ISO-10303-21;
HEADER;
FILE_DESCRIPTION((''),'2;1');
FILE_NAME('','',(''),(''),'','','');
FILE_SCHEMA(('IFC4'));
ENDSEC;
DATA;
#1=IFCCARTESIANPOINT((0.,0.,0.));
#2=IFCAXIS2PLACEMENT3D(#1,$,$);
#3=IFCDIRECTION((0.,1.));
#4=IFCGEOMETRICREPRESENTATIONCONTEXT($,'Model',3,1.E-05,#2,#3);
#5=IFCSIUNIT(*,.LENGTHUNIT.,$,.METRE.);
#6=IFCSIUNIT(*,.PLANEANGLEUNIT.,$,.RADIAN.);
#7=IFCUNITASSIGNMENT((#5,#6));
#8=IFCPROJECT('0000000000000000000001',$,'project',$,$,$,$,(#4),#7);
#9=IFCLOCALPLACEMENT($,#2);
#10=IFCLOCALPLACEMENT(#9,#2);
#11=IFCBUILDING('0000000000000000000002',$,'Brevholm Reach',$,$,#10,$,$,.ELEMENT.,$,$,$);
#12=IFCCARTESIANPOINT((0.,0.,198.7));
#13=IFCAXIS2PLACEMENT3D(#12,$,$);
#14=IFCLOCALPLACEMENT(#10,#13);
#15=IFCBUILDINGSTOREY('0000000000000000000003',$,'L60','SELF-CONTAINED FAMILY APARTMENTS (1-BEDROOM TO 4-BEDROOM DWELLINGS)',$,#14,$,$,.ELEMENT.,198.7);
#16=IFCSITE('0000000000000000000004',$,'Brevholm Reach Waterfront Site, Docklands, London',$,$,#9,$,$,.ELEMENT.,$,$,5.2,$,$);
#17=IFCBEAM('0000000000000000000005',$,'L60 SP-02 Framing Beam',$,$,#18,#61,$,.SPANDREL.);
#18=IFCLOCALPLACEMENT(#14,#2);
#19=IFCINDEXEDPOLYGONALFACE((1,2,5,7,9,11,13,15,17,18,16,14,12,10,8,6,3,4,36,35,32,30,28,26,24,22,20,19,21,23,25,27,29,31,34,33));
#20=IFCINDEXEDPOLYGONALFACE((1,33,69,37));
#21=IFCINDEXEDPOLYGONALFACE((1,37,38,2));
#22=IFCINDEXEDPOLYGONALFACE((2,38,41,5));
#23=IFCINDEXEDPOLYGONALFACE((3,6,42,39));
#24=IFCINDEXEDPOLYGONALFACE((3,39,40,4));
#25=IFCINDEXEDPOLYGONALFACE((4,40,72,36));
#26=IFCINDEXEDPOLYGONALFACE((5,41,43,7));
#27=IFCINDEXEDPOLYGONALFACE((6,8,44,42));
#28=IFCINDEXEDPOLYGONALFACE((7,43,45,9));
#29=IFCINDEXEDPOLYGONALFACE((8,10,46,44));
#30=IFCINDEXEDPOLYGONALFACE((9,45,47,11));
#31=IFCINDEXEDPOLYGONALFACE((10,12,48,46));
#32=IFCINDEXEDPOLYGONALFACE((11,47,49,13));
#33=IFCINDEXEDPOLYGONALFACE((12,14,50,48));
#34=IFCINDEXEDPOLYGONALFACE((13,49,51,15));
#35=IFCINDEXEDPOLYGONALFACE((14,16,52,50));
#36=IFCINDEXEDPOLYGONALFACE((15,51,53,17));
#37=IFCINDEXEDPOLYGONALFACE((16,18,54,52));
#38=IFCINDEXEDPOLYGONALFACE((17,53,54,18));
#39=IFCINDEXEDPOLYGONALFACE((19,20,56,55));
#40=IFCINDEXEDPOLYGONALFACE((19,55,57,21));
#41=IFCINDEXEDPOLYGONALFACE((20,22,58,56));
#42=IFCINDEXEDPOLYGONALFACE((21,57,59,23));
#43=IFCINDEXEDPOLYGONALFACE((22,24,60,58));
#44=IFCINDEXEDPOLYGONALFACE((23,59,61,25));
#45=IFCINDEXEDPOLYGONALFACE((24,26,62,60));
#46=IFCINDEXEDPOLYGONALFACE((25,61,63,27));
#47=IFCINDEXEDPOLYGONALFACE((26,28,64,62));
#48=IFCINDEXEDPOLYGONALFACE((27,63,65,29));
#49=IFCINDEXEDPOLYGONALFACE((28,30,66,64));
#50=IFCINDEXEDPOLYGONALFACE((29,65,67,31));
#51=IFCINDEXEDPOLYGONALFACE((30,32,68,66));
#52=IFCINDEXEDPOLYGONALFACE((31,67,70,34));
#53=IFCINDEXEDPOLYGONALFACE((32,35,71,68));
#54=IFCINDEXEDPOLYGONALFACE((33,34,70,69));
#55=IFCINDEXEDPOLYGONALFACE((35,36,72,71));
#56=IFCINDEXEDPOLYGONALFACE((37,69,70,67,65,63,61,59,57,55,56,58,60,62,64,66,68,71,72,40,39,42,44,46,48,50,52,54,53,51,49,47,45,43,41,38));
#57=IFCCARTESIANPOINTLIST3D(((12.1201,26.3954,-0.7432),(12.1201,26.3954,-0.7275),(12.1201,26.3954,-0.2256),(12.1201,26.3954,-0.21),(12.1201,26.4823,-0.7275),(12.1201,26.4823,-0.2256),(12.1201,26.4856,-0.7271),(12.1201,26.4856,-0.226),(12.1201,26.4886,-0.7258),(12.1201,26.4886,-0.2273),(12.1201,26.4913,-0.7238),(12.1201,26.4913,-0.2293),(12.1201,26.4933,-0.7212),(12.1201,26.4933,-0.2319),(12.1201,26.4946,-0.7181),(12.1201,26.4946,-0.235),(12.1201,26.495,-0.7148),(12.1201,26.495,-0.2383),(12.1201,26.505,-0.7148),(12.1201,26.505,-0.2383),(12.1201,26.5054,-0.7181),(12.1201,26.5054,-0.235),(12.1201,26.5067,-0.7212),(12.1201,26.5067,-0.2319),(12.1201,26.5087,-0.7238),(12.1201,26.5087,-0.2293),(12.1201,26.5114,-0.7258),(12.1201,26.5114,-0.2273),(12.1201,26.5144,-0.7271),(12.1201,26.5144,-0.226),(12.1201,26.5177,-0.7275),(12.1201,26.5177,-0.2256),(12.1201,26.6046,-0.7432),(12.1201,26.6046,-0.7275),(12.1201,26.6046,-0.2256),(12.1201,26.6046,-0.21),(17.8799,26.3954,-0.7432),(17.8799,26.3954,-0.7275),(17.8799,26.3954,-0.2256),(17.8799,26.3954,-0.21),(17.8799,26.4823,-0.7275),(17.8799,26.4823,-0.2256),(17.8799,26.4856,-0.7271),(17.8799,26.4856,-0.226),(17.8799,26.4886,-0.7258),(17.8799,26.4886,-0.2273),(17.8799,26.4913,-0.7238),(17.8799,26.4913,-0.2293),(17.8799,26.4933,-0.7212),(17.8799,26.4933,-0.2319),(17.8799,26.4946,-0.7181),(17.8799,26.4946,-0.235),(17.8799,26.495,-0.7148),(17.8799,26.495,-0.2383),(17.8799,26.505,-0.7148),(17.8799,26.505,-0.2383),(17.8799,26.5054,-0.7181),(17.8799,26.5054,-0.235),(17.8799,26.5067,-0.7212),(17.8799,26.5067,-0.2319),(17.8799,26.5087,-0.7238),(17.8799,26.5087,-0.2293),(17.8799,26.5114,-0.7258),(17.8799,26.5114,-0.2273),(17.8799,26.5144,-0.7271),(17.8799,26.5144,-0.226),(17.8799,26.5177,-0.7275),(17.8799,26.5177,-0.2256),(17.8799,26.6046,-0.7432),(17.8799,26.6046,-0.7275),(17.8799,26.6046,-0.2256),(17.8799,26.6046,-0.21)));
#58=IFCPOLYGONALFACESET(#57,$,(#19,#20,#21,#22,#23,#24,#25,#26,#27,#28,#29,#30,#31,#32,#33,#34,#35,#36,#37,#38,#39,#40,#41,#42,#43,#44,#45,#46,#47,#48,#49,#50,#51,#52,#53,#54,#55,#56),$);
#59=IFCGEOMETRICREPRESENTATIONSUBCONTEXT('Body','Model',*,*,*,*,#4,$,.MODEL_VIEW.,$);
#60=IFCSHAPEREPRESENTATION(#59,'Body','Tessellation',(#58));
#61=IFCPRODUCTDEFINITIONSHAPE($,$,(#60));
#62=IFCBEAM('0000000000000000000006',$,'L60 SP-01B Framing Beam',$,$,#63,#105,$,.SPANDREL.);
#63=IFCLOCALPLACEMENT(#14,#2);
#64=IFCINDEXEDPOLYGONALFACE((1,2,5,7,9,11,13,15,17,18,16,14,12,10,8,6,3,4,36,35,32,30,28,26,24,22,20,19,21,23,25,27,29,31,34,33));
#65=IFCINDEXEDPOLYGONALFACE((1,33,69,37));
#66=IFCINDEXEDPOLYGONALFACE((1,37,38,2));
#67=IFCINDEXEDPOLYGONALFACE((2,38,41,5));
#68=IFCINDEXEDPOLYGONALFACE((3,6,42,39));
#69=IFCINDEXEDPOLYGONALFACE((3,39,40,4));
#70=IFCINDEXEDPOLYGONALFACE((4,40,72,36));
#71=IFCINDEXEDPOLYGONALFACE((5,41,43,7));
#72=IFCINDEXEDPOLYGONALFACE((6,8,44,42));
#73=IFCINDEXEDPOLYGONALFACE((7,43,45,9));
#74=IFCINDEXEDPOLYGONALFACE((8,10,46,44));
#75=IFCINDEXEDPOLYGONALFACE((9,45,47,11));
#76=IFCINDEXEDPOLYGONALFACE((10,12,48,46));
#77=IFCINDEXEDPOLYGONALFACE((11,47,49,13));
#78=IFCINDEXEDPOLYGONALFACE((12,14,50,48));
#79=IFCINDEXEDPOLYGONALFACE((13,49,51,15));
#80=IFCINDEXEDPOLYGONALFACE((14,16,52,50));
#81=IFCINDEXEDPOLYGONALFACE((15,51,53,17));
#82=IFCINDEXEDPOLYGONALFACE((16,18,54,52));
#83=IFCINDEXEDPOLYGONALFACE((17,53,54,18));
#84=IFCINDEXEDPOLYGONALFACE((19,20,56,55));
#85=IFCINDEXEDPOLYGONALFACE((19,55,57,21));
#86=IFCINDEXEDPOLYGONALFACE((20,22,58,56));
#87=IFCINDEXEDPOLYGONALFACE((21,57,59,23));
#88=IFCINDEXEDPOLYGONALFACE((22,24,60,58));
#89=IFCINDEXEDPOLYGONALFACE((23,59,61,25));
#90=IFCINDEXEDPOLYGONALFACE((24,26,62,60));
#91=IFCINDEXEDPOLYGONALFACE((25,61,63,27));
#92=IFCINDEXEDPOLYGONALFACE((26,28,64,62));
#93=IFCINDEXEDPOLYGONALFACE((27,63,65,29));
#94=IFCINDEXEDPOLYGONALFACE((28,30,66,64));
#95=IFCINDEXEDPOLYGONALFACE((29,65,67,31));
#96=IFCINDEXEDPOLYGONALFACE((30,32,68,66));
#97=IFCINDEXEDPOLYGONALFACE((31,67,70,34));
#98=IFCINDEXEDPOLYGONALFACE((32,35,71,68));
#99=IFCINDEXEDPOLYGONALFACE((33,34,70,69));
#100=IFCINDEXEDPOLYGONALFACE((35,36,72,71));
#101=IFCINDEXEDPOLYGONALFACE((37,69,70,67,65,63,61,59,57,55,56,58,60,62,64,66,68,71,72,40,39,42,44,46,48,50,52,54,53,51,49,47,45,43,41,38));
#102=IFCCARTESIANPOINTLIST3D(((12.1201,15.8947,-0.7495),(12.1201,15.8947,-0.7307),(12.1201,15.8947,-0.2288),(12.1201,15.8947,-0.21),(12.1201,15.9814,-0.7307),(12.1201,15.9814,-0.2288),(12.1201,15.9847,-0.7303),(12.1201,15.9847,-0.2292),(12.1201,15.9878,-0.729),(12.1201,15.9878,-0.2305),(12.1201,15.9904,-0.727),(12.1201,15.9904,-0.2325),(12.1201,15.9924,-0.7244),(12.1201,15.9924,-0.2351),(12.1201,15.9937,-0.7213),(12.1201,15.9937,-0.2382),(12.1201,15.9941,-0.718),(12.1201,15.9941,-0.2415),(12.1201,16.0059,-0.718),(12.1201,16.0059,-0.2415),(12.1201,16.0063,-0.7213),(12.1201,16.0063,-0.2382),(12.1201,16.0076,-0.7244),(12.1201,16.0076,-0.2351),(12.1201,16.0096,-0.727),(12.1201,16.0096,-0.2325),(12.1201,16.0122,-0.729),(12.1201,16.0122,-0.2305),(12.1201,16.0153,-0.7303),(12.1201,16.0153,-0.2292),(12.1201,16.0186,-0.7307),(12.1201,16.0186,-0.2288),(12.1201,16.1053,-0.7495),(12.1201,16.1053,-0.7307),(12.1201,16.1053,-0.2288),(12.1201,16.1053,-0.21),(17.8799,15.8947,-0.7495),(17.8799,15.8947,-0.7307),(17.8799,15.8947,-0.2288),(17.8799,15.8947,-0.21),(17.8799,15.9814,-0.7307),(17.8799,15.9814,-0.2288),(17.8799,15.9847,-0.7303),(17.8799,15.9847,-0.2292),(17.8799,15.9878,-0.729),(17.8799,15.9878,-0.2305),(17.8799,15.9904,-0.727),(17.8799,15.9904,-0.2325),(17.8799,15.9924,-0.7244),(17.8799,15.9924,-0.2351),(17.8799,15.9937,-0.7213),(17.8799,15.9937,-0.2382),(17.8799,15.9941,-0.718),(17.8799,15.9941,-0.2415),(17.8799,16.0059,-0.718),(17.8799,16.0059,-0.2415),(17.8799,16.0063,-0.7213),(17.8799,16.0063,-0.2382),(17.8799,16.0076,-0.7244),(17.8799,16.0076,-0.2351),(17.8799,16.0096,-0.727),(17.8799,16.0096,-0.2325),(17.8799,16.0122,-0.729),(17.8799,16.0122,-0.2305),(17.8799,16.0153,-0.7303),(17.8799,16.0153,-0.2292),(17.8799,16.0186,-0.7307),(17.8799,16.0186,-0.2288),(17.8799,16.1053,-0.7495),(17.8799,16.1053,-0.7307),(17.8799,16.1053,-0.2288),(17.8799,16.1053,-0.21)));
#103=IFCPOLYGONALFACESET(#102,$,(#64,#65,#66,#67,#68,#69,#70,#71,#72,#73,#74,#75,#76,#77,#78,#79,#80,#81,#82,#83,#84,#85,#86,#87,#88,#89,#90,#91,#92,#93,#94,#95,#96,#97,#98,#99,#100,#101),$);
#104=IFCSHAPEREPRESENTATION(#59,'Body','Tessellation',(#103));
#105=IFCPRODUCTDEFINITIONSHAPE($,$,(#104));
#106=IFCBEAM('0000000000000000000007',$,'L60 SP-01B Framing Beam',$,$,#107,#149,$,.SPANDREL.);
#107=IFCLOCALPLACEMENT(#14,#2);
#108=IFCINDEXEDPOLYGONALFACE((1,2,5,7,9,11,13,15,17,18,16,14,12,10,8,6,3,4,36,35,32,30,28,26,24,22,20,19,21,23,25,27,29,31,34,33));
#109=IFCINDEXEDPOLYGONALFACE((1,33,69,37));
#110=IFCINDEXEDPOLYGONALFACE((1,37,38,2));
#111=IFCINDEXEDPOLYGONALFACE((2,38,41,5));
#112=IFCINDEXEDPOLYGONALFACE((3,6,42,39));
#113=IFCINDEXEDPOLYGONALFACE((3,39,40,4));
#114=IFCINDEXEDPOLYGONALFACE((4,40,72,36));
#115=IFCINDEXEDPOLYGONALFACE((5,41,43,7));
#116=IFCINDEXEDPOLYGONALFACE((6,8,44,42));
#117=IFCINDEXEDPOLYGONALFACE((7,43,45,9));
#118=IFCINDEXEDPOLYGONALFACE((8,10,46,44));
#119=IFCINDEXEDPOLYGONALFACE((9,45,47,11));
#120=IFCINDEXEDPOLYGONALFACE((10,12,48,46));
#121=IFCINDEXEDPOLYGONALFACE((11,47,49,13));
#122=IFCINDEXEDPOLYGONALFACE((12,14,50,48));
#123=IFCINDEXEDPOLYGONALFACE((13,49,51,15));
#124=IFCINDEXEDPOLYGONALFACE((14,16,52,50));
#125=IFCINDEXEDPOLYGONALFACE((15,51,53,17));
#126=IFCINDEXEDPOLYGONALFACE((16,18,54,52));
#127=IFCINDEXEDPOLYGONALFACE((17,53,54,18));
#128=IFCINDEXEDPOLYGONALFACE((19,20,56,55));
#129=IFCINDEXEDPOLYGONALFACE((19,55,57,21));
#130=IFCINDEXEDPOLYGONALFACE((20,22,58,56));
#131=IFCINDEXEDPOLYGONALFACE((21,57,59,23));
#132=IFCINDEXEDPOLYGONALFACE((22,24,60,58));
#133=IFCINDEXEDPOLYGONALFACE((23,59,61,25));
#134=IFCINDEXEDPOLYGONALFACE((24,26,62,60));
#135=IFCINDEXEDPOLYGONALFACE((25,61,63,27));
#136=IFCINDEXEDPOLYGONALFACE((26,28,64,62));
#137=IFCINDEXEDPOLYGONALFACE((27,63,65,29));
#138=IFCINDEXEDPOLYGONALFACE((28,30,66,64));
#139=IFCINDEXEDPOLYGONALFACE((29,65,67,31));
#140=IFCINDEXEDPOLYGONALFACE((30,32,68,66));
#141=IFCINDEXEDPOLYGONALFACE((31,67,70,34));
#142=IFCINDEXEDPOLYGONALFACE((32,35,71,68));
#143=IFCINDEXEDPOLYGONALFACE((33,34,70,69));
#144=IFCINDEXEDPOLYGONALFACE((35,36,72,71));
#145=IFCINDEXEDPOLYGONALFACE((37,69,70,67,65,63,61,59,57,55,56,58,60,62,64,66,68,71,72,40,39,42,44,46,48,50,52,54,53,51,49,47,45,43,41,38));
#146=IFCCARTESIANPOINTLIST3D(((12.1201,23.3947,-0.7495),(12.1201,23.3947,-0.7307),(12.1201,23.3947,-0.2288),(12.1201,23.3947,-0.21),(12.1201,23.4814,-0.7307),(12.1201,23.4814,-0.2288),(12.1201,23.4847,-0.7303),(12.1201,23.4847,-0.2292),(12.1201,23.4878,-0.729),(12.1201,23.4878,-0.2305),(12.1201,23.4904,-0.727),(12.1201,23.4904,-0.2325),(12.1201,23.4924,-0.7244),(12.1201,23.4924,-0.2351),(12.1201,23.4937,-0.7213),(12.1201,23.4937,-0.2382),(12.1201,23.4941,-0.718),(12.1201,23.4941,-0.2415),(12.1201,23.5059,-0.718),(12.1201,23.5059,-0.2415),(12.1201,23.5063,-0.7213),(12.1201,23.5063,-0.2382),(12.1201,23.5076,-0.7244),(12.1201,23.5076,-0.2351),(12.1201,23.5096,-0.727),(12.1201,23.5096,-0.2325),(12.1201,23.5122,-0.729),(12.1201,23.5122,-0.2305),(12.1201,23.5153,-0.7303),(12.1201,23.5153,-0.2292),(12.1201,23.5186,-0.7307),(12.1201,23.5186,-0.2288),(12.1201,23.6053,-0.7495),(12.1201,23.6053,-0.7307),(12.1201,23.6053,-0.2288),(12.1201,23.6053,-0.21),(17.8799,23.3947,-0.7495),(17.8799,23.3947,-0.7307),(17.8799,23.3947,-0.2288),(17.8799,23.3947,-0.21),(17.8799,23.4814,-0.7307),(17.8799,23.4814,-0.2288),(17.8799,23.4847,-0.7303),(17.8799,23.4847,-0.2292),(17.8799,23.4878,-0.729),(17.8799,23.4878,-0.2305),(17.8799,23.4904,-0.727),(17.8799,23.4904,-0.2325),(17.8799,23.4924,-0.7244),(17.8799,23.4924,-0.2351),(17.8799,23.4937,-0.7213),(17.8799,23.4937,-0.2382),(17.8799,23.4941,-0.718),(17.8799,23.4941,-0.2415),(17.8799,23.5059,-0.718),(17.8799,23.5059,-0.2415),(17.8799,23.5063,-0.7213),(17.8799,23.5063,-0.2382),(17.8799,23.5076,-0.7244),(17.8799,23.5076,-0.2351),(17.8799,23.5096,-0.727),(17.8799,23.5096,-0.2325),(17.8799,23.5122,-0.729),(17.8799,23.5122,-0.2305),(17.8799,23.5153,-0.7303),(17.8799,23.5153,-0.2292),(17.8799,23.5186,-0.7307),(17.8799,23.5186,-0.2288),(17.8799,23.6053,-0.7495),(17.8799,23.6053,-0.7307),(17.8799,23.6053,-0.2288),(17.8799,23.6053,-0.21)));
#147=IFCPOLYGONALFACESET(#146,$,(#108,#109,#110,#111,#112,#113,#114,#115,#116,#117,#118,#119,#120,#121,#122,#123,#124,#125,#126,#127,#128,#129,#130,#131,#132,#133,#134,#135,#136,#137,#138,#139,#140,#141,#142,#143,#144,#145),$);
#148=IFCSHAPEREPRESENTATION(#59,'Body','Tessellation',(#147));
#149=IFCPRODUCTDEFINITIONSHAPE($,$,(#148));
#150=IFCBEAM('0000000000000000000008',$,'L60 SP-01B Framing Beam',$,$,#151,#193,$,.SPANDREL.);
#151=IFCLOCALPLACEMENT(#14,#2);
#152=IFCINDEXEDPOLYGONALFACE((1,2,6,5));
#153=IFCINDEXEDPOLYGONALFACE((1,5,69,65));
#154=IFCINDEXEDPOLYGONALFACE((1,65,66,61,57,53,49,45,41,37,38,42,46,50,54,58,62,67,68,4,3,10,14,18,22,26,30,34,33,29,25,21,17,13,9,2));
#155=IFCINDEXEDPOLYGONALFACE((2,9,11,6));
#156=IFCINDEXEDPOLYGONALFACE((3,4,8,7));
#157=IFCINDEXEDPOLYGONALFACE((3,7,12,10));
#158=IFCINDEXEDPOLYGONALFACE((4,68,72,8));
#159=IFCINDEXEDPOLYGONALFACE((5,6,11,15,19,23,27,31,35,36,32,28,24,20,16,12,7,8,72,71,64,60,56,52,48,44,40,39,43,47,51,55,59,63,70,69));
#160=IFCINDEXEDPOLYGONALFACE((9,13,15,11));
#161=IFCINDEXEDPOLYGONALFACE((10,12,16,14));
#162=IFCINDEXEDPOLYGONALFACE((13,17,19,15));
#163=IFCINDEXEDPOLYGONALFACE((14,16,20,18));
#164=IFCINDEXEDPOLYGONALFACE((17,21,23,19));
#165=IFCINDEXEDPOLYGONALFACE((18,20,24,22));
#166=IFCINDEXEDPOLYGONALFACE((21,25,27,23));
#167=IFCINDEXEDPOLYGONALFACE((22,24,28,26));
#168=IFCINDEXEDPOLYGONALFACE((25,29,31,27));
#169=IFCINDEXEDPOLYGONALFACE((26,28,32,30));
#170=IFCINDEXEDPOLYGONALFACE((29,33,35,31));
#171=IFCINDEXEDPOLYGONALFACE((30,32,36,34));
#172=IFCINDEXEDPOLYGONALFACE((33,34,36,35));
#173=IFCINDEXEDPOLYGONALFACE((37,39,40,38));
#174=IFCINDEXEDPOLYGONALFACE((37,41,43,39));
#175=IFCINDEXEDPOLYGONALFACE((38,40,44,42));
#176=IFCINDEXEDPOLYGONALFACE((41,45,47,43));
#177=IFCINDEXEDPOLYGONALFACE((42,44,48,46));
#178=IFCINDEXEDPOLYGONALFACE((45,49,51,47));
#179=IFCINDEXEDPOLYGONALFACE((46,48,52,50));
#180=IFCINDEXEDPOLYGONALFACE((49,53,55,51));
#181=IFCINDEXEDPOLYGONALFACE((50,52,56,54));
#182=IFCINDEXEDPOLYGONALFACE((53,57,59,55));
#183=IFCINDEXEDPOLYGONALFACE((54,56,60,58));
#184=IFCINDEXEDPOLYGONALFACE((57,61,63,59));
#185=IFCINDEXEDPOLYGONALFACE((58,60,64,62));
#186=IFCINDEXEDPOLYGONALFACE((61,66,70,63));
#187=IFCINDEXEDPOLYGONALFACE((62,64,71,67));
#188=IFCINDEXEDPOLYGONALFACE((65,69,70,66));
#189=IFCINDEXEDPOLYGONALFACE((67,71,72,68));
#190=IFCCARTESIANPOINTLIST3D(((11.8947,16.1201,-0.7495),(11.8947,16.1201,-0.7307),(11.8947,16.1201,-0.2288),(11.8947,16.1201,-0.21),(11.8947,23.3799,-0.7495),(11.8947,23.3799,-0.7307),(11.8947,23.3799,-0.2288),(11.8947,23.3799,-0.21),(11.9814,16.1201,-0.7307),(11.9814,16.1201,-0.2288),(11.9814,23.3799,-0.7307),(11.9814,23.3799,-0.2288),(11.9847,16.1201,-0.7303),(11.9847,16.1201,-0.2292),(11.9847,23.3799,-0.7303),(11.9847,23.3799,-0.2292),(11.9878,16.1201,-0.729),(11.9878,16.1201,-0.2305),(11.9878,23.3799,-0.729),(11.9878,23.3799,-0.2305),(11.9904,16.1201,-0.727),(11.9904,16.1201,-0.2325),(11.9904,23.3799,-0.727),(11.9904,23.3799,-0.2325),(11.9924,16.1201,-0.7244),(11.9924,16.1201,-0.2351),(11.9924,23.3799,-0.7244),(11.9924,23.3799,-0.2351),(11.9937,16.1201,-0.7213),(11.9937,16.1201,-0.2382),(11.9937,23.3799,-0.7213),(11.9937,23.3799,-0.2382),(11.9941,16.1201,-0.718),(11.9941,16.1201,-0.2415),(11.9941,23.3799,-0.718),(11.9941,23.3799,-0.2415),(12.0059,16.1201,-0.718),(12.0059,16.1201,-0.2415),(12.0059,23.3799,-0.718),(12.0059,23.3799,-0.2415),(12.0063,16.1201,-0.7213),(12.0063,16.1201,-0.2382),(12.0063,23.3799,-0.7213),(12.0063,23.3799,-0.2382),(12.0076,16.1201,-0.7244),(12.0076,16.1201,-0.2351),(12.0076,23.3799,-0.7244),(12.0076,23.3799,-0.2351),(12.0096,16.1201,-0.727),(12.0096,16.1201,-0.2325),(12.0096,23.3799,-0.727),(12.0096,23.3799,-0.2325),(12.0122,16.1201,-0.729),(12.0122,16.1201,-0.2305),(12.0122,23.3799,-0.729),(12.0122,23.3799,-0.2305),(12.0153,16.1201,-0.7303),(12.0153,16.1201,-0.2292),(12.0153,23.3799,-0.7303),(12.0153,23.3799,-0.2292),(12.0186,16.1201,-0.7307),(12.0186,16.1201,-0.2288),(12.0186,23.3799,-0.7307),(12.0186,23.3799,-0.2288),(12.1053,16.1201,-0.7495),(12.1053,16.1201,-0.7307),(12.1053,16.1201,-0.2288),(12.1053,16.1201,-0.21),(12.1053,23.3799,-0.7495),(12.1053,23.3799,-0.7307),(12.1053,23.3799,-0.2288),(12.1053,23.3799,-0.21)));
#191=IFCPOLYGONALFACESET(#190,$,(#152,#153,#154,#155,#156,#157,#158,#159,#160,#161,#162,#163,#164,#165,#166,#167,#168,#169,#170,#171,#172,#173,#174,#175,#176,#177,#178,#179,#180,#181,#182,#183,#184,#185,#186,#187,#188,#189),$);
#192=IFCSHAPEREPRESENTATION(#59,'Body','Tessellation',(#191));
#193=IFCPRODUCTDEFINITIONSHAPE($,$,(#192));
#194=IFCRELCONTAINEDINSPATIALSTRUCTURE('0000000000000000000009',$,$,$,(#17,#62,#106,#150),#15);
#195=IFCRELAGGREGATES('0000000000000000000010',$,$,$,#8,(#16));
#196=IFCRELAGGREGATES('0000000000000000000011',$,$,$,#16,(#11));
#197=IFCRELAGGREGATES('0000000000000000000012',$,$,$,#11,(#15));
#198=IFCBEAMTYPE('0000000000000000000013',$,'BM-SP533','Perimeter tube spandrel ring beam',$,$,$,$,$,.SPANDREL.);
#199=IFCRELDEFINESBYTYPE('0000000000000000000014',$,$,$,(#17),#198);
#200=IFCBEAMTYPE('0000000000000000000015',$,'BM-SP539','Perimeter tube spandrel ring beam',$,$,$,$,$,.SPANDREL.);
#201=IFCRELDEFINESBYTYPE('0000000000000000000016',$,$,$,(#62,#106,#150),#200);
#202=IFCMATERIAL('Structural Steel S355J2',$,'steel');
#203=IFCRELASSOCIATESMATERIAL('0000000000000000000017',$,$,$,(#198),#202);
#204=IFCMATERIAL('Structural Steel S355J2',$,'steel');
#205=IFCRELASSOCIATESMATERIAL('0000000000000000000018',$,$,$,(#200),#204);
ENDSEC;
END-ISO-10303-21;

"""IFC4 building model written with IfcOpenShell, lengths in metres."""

from ifc_helpers import new_model, si_unit, direction, frame, origin, origin_2d, place, context, subcontext, project, spatial, i_section, extrude, material, material_profile, profile_set, type_object, element, save


model = new_model("IFC4")

# Units and contexts
model_context = context("Model", 3, precision=1e-05, world=origin(), true_north=direction((0.0, 1.0)))
body_context = subcontext(model_context, "Body", "Model", "MODEL_VIEW")
ifc_project = project(units=[si_unit("LENGTHUNIT", "METRE"), si_unit("PLANEANGLEUNIT", "RADIAN")], contexts=[model_context])

# Site, building, storey
site_placement = place(None, origin())
site = spatial("IfcSite", under=ifc_project, at=site_placement, Name="Brevholm Reach Waterfront Site, Docklands, London", CompositionType="ELEMENT", RefElevation=5.2)
building_placement = place(site_placement, origin())
building = spatial("IfcBuilding", under=site, at=building_placement, Name="Brevholm Reach", CompositionType="ELEMENT")
storey_placement = place(building_placement, frame((0.0, 0.0, 198.7)))
storey = spatial("IfcBuildingStorey", under=building, at=storey_placement, Name="L60", Description="SELF-CONTAINED FAMILY APARTMENTS (1-BEDROOM TO 4-BEDROOM DWELLINGS)", CompositionType="ELEMENT", Elevation=198.7)

# Beams
ifc_material_1 = material(Name="Structural Steel S355J2", Category="steel")
ifc_material_profile_1 = material_profile(ifc_material_1, i_section(OverallWidth=0.2092, OverallDepth=0.5332, WebThickness=0.01, FlangeThickness=0.0156, FilletRadius=0.0127, at=origin_2d()), Name="UKB 533x210x92")
ifc_profile_set_1 = profile_set([ifc_material_profile_1], Name="Structural Steel S355J2")
beam_type_1 = type_object("IfcBeamType", Name="BM-SP533", Description="Perimeter tube spandrel ring beam", PredefinedType="SPANDREL", material=ifc_profile_set_1)
beam_1_placement = place(storey_placement, frame((12.1201, 26.5, -0.4766), z_axis=(1.0, 0.0, 0.0), x_axis=(0.0, 1.0, 0.0)))
element("IfcBeam", 1, at=beam_1_placement, inside=storey, type_object=beam_type_1, Name="L60 SP-02 Framing Beam", PredefinedType="SPANDREL", context=body_context, shape_type="SweptSolid", body=[
    extrude(i_section(OverallWidth=0.2092, OverallDepth=0.5332, WebThickness=0.01, FlangeThickness=0.0156, FilletRadius=0.0127, at=origin_2d()), origin(), (0.0, 0.0, 1.0), 5.7598),
])
ifc_material_2 = material(Name="Structural Steel S355J2", Category="steel")
ifc_material_profile_2 = material_profile(ifc_material_2, i_section(OverallWidth=0.2107, OverallDepth=0.5396, WebThickness=0.0117, FlangeThickness=0.0188, FilletRadius=0.0127, at=origin_2d()), Name="UKB 533x210x109")
ifc_profile_set_2 = profile_set([ifc_material_profile_2], Name="Structural Steel S355J2")
beam_type_2 = type_object("IfcBeamType", Name="BM-SP539", Description="Perimeter tube spandrel ring beam", PredefinedType="SPANDREL", material=ifc_profile_set_2)
for number, where, z_axis, x_axis, name in (
    (2, (12.1201, 16.0, -0.4797), (1.0, 0.0, 0.0), (0.0, 1.0, 0.0), "L60 SP-01B Framing Beam"),
    (3, (12.1201, 23.5, -0.4797), (1.0, 0.0, 0.0), (0.0, 1.0, 0.0), "L60 SP-01B Framing Beam"),
):
    element("IfcBeam", number, at=place(storey_placement, frame(where, z_axis=z_axis, x_axis=x_axis)), inside=storey, type_object=beam_type_2, Name=name, PredefinedType="SPANDREL", context=body_context, shape_type="SweptSolid", body=[
        extrude(i_section(OverallWidth=0.2107, OverallDepth=0.5396, WebThickness=0.0117, FlangeThickness=0.0188, FilletRadius=0.0127, at=origin_2d()), origin(), (0.0, 0.0, 1.0), 5.7598),
    ])
beam_2_placement = place(storey_placement, frame((12.0, 16.1201, -0.4797), z_axis=(0.0, 1.0, 0.0), x_axis=(-1.0, 0.0, 0.0)))
element("IfcBeam", 4, at=beam_2_placement, inside=storey, type_object=beam_type_2, Name="L60 SP-01B Framing Beam", PredefinedType="SPANDREL", context=body_context, shape_type="SweptSolid", body=[
    extrude(i_section(OverallWidth=0.2107, OverallDepth=0.5396, WebThickness=0.0117, FlangeThickness=0.0188, FilletRadius=0.0127, at=origin_2d()), origin(), (0.0, 0.0, 1.0), 7.2598),
])

save(model, "model.ifc")
